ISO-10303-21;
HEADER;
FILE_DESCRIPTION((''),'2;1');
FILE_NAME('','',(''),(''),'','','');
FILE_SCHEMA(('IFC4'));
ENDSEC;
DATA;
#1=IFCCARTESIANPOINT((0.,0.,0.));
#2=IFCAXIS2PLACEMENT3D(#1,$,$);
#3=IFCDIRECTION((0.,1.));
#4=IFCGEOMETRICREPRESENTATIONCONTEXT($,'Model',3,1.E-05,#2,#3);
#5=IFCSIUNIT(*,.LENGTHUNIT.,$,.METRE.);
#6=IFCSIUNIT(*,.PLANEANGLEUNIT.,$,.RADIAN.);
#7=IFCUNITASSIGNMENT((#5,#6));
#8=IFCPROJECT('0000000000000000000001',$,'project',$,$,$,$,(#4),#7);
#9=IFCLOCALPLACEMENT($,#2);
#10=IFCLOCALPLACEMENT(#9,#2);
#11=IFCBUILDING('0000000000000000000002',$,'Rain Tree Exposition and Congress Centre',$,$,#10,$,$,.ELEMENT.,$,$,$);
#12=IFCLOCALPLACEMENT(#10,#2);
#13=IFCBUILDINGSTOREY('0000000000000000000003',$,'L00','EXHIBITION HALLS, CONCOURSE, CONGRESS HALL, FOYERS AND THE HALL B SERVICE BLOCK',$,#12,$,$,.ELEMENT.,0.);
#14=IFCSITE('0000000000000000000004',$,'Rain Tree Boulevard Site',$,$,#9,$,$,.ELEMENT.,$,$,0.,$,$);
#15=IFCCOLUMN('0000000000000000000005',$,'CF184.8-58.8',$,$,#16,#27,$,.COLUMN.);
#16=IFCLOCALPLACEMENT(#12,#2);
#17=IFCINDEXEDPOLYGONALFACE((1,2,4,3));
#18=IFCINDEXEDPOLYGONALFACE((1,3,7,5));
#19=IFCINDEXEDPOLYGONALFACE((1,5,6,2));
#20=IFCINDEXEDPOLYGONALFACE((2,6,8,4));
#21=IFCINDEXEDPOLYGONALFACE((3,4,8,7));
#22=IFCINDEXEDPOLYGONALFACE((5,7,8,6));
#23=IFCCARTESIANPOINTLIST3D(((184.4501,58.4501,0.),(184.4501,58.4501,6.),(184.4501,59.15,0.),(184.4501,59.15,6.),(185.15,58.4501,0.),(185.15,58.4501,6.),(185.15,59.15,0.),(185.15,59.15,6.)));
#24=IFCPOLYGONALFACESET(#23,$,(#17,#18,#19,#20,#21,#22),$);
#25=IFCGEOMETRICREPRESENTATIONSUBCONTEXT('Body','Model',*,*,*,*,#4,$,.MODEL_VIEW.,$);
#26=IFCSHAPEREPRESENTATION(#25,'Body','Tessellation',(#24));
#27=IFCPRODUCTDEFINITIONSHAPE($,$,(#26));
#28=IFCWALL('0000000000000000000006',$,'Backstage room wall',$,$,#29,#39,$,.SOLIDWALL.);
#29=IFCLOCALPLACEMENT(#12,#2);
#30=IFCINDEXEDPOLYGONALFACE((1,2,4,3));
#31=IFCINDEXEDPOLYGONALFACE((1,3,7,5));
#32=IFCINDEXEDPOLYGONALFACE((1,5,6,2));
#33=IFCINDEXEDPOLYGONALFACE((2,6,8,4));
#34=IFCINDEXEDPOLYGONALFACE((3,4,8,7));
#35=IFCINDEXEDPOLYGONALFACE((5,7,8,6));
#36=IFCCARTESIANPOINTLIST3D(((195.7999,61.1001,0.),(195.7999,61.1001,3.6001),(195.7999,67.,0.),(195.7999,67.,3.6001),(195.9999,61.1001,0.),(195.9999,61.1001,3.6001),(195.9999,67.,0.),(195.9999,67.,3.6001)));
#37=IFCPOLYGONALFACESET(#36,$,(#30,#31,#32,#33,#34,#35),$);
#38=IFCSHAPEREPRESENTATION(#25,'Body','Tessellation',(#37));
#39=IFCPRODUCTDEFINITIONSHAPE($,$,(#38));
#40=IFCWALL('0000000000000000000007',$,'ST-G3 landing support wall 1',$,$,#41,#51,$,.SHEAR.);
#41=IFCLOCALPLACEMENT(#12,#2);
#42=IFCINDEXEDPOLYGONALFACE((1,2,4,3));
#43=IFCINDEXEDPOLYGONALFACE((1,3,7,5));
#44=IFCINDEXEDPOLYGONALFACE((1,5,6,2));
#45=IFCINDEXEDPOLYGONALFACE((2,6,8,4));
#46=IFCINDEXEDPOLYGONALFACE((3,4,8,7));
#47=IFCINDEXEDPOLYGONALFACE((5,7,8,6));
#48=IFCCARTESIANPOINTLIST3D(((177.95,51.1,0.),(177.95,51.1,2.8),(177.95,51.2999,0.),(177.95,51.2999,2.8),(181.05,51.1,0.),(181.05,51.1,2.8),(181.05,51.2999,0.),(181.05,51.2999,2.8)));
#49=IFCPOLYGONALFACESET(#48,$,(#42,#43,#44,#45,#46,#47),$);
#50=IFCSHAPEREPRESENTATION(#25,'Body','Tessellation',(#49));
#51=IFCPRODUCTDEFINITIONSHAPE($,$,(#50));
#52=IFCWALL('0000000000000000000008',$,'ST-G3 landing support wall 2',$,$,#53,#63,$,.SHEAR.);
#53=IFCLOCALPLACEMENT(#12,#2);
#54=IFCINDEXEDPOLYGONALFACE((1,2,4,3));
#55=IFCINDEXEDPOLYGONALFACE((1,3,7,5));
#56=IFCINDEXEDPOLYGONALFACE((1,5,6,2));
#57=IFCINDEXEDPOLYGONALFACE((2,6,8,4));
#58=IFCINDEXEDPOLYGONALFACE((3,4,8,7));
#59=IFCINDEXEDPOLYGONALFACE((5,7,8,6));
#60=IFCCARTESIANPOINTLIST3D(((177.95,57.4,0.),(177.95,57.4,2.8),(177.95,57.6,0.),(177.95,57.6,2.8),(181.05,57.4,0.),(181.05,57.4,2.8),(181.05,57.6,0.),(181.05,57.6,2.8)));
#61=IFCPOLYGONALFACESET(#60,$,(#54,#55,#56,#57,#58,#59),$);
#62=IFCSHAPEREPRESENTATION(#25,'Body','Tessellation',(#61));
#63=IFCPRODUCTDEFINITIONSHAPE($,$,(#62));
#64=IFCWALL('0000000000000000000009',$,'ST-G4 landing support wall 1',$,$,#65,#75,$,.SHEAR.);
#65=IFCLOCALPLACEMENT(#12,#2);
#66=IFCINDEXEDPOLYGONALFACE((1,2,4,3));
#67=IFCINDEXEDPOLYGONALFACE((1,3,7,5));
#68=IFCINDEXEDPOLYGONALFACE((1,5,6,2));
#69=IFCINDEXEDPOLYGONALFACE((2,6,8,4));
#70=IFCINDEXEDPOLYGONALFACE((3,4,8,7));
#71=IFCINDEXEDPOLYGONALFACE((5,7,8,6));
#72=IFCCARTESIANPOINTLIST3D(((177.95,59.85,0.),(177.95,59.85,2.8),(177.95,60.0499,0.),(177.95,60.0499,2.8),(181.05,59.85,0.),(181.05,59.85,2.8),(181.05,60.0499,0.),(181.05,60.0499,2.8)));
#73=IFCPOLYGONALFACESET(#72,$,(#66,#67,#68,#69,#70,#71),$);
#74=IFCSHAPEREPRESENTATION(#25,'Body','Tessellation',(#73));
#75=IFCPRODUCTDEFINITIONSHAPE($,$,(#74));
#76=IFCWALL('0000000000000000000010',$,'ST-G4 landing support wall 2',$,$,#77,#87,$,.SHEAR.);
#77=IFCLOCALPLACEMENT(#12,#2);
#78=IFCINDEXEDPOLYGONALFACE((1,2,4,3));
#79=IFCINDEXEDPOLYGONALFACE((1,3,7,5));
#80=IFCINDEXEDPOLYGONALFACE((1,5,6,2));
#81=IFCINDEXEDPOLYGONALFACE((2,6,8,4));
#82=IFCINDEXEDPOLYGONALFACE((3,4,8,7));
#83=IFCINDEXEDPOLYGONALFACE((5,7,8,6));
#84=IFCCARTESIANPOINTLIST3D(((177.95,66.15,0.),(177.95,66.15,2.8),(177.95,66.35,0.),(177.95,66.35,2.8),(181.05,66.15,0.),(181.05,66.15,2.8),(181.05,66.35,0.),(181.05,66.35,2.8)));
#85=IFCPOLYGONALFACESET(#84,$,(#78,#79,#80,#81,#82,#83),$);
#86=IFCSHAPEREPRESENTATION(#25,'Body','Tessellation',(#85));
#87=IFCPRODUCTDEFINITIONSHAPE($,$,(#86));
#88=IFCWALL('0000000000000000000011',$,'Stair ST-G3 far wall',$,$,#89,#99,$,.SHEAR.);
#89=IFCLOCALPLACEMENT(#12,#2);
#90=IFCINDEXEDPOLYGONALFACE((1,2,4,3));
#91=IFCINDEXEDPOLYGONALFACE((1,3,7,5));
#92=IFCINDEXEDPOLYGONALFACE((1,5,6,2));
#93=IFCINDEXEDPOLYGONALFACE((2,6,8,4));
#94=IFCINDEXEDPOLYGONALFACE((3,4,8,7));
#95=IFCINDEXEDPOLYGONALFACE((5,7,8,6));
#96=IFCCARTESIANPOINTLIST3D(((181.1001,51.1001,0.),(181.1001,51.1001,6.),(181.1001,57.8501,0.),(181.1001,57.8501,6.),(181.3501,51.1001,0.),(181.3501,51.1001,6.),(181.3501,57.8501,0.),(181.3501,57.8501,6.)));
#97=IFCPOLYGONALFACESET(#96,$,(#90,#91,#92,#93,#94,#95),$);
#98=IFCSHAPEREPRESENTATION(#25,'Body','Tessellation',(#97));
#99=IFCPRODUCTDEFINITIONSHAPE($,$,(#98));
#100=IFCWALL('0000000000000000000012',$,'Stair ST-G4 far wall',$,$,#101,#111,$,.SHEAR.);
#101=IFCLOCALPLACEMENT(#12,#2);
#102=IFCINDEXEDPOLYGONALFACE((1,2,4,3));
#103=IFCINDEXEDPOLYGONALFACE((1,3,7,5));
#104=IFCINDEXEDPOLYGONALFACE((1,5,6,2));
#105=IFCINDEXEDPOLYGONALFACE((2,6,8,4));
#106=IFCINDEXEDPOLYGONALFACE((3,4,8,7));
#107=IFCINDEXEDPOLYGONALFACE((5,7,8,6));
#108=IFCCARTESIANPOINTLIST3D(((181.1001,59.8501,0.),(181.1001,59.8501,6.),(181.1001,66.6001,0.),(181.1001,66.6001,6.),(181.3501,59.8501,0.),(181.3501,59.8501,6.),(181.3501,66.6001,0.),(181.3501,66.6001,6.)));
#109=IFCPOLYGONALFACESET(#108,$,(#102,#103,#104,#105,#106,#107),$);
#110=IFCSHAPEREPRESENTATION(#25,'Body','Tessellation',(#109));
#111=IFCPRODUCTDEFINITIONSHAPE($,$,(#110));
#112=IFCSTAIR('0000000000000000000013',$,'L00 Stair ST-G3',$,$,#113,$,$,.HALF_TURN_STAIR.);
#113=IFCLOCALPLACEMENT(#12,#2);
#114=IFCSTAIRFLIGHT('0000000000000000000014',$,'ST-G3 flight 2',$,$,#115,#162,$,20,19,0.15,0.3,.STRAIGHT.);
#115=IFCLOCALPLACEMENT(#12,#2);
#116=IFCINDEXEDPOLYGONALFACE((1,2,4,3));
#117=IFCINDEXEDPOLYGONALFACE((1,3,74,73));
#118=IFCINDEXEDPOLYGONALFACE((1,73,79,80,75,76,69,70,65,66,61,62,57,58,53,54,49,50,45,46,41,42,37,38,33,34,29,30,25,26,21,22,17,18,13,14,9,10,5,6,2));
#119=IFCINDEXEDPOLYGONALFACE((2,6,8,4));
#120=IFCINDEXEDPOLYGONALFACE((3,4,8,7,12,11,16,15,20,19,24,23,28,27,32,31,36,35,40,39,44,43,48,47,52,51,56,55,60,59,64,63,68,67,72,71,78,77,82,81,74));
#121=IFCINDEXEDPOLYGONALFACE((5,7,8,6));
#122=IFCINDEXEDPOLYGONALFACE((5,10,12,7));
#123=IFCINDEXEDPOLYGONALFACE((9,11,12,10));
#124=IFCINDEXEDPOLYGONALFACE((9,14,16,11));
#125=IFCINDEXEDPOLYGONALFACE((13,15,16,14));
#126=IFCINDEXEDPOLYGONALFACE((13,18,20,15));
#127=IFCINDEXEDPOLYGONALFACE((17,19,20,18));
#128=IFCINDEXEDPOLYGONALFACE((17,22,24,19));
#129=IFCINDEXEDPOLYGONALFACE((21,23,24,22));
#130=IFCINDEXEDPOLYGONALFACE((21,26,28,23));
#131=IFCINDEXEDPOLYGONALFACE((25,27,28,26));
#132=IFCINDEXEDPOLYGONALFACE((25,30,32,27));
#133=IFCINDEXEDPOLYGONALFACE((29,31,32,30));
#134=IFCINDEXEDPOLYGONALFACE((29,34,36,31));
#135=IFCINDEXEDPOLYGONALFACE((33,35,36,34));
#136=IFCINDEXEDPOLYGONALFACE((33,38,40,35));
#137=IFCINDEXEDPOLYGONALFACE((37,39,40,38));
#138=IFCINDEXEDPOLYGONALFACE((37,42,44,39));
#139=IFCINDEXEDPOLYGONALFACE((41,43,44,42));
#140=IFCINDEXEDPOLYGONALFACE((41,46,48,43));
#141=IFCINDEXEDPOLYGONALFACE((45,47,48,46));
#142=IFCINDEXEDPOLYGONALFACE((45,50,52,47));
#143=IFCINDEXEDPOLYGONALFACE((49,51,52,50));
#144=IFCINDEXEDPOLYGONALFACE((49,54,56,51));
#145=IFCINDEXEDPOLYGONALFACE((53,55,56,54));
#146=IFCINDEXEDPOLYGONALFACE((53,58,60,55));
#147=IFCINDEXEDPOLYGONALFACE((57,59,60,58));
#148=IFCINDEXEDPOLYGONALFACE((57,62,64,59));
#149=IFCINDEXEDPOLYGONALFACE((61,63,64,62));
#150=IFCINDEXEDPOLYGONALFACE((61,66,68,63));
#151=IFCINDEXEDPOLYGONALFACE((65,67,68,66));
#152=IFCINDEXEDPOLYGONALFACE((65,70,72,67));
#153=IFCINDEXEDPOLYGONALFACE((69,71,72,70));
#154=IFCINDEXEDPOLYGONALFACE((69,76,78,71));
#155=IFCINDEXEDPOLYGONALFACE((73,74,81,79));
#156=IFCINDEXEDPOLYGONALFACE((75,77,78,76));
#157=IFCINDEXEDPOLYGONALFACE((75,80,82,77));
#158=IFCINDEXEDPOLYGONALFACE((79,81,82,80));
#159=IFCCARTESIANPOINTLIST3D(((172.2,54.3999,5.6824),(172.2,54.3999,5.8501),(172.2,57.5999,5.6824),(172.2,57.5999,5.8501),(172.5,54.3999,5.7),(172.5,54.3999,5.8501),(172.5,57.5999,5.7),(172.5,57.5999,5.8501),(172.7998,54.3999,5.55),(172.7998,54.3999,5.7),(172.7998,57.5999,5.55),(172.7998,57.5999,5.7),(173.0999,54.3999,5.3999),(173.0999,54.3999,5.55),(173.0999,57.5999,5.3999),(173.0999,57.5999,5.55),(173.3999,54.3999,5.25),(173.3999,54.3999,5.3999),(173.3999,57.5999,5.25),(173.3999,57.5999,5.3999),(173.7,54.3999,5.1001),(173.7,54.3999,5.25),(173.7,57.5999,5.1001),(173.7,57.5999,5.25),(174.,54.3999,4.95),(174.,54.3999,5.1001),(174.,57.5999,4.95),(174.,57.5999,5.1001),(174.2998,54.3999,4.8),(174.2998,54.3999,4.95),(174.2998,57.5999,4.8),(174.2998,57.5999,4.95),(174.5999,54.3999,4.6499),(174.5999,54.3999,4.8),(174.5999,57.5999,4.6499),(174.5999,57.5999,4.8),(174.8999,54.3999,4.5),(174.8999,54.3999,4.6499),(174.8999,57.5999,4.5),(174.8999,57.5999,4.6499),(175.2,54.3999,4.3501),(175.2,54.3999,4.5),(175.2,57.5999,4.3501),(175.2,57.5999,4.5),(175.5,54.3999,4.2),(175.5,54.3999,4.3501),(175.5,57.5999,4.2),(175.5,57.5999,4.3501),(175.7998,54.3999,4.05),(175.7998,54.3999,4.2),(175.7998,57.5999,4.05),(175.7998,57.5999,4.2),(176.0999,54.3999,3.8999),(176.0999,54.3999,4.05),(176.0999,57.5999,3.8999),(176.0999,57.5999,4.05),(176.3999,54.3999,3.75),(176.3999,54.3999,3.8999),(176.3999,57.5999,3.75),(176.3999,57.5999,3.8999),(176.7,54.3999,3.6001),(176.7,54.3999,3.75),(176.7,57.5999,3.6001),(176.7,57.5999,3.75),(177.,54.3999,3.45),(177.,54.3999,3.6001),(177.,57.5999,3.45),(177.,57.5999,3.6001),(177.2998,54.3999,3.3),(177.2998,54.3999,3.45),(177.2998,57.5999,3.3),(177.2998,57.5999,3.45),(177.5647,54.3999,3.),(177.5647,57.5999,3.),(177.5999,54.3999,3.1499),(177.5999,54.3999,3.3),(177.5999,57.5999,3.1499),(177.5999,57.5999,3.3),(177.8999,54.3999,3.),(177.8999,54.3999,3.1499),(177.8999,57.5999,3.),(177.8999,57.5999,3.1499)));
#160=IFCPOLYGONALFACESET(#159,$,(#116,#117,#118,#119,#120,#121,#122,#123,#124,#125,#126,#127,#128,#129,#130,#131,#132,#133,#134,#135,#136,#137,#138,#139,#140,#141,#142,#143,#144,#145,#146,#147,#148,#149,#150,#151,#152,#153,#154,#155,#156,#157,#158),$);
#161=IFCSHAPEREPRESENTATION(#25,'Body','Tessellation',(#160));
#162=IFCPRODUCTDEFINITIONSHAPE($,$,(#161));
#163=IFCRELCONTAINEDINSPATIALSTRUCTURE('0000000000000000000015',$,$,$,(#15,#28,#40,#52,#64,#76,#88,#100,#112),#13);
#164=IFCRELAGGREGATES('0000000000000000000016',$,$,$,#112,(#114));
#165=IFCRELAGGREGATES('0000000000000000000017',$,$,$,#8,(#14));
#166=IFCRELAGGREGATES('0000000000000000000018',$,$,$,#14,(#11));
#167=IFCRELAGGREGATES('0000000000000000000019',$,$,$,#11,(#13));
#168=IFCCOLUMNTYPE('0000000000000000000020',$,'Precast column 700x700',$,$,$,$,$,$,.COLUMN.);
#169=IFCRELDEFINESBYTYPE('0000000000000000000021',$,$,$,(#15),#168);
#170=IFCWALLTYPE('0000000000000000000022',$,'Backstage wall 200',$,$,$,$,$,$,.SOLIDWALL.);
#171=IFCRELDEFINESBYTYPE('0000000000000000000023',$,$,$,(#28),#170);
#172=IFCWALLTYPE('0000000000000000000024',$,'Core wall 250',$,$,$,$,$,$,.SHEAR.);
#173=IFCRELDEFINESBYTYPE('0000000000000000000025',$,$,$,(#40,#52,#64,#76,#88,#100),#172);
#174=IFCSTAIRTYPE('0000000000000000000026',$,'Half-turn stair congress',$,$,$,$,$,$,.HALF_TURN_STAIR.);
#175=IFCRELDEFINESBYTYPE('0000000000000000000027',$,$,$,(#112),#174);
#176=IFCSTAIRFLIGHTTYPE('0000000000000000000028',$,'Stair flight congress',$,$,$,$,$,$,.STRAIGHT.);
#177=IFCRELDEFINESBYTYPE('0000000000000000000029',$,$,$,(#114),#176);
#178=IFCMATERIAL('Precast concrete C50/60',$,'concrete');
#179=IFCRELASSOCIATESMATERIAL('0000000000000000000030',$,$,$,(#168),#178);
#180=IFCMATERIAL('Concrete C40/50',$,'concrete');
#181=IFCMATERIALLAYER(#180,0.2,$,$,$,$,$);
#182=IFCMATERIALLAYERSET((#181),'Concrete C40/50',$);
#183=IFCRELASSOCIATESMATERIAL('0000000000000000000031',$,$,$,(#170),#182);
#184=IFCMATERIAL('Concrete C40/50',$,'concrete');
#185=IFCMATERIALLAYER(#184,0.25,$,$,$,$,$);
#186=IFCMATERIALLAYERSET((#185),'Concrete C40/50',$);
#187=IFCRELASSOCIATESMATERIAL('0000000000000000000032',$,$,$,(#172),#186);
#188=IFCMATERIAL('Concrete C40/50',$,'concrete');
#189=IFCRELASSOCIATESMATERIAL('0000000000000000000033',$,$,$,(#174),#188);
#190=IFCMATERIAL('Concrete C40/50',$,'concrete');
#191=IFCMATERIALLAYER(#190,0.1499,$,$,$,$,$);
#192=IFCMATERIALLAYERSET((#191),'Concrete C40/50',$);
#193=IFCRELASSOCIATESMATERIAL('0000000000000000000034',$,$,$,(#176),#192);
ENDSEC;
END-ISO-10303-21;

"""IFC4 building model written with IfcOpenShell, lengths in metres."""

from ifc_helpers import new_model, si_unit, direction, frame, frame_2d, origin, origin_2d, place, context, subcontext, project, spatial, polyline, rectangle, outline, extrude, material, layer, layer_set, material_profile, profile_set, type_object, element, aggregate, save


model = new_model("IFC4")

# Units and contexts
model_context = context("Model", 3, precision=1e-05, world=origin(), true_north=direction((0.0, 1.0)))
body_context = subcontext(model_context, "Body", "Model", "MODEL_VIEW")
ifc_project = project(units=[si_unit("LENGTHUNIT", "METRE"), si_unit("PLANEANGLEUNIT", "RADIAN")], contexts=[model_context])

# Site, building, storey
site_placement = place(None, origin())
site = spatial("IfcSite", under=ifc_project, at=site_placement, Name="Rain Tree Boulevard Site", CompositionType="ELEMENT", RefElevation=0.0)
building_placement = place(site_placement, origin())
building = spatial("IfcBuilding", under=site, at=building_placement, Name="Rain Tree Exposition and Congress Centre", CompositionType="ELEMENT")
storey_placement = place(building_placement, origin())
storey = spatial("IfcBuildingStorey", under=building, at=storey_placement, Name="L00", Description="EXHIBITION HALLS, CONCOURSE, CONGRESS HALL, FOYERS AND THE HALL B SERVICE BLOCK", CompositionType="ELEMENT", Elevation=0.0)

# Column
ifc_material_1 = material(Name="Precast concrete C50/60", Category="concrete")
ifc_material_profile = material_profile(ifc_material_1, rectangle(XDim=0.7, YDim=0.7, at=origin_2d()), Name="RC 700x700")
ifc_profile_set = profile_set([ifc_material_profile], Name="Precast concrete C50/60")
column_type = type_object("IfcColumnType", Name="Precast column 700x700", PredefinedType="COLUMN", material=ifc_profile_set)
column_placement = place(storey_placement, frame((184.8, 58.8, 0.0), z_axis=(0.0, 0.0, 1.0), x_axis=(1.0, 0.0, 0.0)))
element("IfcColumn", 1, at=column_placement, inside=storey, type_object=column_type, Name="CF184.8-58.8", PredefinedType="COLUMN", context=body_context, shape_type="SweptSolid", body=[
    extrude(rectangle(XDim=0.7, YDim=0.7, at=origin_2d()), origin(), (0.0, 0.0, 1.0), 6.0),
])

# Shared definitions
ifc_material_2 = material(Name="Concrete C40/50", Category="concrete")
ifc_layer_1 = layer(ifc_material_2, 0.2)
ifc_layer_set_1 = layer_set([ifc_layer_1], Name="Concrete C40/50")
wall_type_1 = type_object("IfcWallType", Name="Backstage wall 200", PredefinedType="SOLIDWALL", material=ifc_layer_set_1)

# Walls
wall_1_placement = place(storey_placement, frame((195.8999, 61.1001, 0.0), z_axis=(0.0, 0.0, 1.0), x_axis=(0.0, 1.0, 0.0)))
element("IfcWall", 2, at=wall_1_placement, inside=storey, type_object=wall_type_1, Name="Backstage room wall", PredefinedType="SOLIDWALL", context=body_context, shape_type="SweptSolid", body=[
    extrude(rectangle(XDim=5.8999, YDim=0.2, at=frame_2d((2.95, 0.0))), origin(), (0.0, 0.0, 1.0), 3.6001),
])
ifc_material_3 = material(Name="Concrete C40/50", Category="concrete")
ifc_layer_2 = layer(ifc_material_3, 0.25)
ifc_layer_set_2 = layer_set([ifc_layer_2], Name="Concrete C40/50")
wall_type_2 = type_object("IfcWallType", Name="Core wall 250", PredefinedType="SHEAR", material=ifc_layer_set_2)
for number, where, z_axis, x_axis, name in (
    (3, (177.95, 51.2, 0.0), (0.0, 0.0, 1.0), (1.0, 0.0, 0.0), "ST-G3 landing support wall 1"),
    (4, (181.05, 57.5, 0.0), (0.0, 0.0, 1.0), (-1.0, 0.0, 0.0), "ST-G3 landing support wall 2"),
    (5, (177.95, 59.95, 0.0), (0.0, 0.0, 1.0), (1.0, 0.0, 0.0), "ST-G4 landing support wall 1"),
    (6, (181.05, 66.25, 0.0), (0.0, 0.0, 1.0), (-1.0, 0.0, 0.0), "ST-G4 landing support wall 2"),
):
    element("IfcWall", number, at=place(storey_placement, frame(where, z_axis=z_axis, x_axis=x_axis)), inside=storey, type_object=wall_type_2, Name=name, PredefinedType="SHEAR", context=body_context, shape_type="SweptSolid", body=[
        extrude(rectangle(XDim=3.1001, YDim=0.2, at=frame_2d((1.55, 0.0))), origin(), (0.0, 0.0, 1.0), 2.8),
    ])
for number, where, z_axis, x_axis, name in (
    (7, (181.2251, 51.1001, 0.0), (0.0, 0.0, 1.0), (0.0, 1.0, 0.0), "Stair ST-G3 far wall"),
    (8, (181.2251, 59.8501, 0.0), (0.0, 0.0, 1.0), (0.0, 1.0, 0.0), "Stair ST-G4 far wall"),
):
    element("IfcWall", number, at=place(storey_placement, frame(where, z_axis=z_axis, x_axis=x_axis)), inside=storey, type_object=wall_type_2, Name=name, PredefinedType="SHEAR", context=body_context, shape_type="SweptSolid", body=[
        extrude(rectangle(XDim=6.75, YDim=0.25, at=frame_2d((3.375, 0.0))), origin(), (0.0, 0.0, 1.0), 6.0),
    ])

# Stair, stair flight
ifc_material_4 = material(Name="Concrete C40/50", Category="concrete")
stair_type = type_object("IfcStairType", Name="Half-turn stair congress", PredefinedType="HALF_TURN_STAIR", material=ifc_material_4)
stair_1_placement = place(storey_placement, origin())
stair_1 = element("IfcStair", 9, at=stair_1_placement, inside=storey, type_object=stair_type, Name="L00 Stair ST-G3", PredefinedType="HALF_TURN_STAIR")
ifc_material_5 = material(Name="Concrete C40/50", Category="concrete")
ifc_layer_3 = layer(ifc_material_5, 0.1499)
ifc_layer_set_3 = layer_set([ifc_layer_3], Name="Concrete C40/50")
stair_flight_type = type_object("IfcStairFlightType", Name="Stair flight congress", PredefinedType="STRAIGHT", material=ifc_layer_set_3)
stair_flight_1_placement = place(storey_placement, frame((177.8999, 56.0, 3.0), z_axis=(0.0, 0.0, 1.0), x_axis=(-1.0, 0.0, 0.0)))
stair_flight_1 = element("IfcStairFlight", 10, at=stair_flight_1_placement, type_object=stair_flight_type, Name="ST-G3 flight 2", NumberOfRisers=20, NumberOfTreads=19, PredefinedType="STRAIGHT", RiserHeight=0.15, TreadLength=0.3, context=body_context, shape_type="SweptSolid", body=[
    extrude(outline(polyline([(0.0, 0.0), (0.0, 0.1499), (0.3, 0.1499), (0.3, 0.3), (0.6001, 0.3), (0.6001, 0.45), (0.8999, 0.45), (0.8999, 0.6001), (1.2, 0.6001), (1.2, 0.75), (1.5, 0.75), (1.5, 0.8999), (1.8, 0.8999), (1.8, 1.05), (2.1001, 1.05), (2.1001, 1.2), (2.3999, 1.2), (2.3999, 1.3501), (2.7, 1.3501), (2.7, 1.5), (3.0, 1.5), (3.0, 1.6499), (3.3, 1.6499), (3.3, 1.8), (3.6001, 1.8), (3.6001, 1.95), (3.8999, 1.95), (3.8999, 2.1001), (4.2, 2.1001), (4.2, 2.25), (4.5, 2.25), (4.5, 2.3999), (4.8, 2.3999), (4.8, 2.55), (5.1001, 2.55), (5.1001, 2.7), (5.3999, 2.7), (5.3999, 2.8501), (5.7, 2.8501), (5.7, 3.0), (5.7, 2.6824), (0.3352, 0.0), (0.0, 0.0)])), frame((0.0, 1.6001, 0.0), z_axis=(0.0, -1.0, 0.0), x_axis=(1.0, 0.0, 0.0)), (0.0, 0.0, 1.0), 3.2),
])
aggregate(stair_1, [stair_flight_1])

save(model, "model.ifc")
